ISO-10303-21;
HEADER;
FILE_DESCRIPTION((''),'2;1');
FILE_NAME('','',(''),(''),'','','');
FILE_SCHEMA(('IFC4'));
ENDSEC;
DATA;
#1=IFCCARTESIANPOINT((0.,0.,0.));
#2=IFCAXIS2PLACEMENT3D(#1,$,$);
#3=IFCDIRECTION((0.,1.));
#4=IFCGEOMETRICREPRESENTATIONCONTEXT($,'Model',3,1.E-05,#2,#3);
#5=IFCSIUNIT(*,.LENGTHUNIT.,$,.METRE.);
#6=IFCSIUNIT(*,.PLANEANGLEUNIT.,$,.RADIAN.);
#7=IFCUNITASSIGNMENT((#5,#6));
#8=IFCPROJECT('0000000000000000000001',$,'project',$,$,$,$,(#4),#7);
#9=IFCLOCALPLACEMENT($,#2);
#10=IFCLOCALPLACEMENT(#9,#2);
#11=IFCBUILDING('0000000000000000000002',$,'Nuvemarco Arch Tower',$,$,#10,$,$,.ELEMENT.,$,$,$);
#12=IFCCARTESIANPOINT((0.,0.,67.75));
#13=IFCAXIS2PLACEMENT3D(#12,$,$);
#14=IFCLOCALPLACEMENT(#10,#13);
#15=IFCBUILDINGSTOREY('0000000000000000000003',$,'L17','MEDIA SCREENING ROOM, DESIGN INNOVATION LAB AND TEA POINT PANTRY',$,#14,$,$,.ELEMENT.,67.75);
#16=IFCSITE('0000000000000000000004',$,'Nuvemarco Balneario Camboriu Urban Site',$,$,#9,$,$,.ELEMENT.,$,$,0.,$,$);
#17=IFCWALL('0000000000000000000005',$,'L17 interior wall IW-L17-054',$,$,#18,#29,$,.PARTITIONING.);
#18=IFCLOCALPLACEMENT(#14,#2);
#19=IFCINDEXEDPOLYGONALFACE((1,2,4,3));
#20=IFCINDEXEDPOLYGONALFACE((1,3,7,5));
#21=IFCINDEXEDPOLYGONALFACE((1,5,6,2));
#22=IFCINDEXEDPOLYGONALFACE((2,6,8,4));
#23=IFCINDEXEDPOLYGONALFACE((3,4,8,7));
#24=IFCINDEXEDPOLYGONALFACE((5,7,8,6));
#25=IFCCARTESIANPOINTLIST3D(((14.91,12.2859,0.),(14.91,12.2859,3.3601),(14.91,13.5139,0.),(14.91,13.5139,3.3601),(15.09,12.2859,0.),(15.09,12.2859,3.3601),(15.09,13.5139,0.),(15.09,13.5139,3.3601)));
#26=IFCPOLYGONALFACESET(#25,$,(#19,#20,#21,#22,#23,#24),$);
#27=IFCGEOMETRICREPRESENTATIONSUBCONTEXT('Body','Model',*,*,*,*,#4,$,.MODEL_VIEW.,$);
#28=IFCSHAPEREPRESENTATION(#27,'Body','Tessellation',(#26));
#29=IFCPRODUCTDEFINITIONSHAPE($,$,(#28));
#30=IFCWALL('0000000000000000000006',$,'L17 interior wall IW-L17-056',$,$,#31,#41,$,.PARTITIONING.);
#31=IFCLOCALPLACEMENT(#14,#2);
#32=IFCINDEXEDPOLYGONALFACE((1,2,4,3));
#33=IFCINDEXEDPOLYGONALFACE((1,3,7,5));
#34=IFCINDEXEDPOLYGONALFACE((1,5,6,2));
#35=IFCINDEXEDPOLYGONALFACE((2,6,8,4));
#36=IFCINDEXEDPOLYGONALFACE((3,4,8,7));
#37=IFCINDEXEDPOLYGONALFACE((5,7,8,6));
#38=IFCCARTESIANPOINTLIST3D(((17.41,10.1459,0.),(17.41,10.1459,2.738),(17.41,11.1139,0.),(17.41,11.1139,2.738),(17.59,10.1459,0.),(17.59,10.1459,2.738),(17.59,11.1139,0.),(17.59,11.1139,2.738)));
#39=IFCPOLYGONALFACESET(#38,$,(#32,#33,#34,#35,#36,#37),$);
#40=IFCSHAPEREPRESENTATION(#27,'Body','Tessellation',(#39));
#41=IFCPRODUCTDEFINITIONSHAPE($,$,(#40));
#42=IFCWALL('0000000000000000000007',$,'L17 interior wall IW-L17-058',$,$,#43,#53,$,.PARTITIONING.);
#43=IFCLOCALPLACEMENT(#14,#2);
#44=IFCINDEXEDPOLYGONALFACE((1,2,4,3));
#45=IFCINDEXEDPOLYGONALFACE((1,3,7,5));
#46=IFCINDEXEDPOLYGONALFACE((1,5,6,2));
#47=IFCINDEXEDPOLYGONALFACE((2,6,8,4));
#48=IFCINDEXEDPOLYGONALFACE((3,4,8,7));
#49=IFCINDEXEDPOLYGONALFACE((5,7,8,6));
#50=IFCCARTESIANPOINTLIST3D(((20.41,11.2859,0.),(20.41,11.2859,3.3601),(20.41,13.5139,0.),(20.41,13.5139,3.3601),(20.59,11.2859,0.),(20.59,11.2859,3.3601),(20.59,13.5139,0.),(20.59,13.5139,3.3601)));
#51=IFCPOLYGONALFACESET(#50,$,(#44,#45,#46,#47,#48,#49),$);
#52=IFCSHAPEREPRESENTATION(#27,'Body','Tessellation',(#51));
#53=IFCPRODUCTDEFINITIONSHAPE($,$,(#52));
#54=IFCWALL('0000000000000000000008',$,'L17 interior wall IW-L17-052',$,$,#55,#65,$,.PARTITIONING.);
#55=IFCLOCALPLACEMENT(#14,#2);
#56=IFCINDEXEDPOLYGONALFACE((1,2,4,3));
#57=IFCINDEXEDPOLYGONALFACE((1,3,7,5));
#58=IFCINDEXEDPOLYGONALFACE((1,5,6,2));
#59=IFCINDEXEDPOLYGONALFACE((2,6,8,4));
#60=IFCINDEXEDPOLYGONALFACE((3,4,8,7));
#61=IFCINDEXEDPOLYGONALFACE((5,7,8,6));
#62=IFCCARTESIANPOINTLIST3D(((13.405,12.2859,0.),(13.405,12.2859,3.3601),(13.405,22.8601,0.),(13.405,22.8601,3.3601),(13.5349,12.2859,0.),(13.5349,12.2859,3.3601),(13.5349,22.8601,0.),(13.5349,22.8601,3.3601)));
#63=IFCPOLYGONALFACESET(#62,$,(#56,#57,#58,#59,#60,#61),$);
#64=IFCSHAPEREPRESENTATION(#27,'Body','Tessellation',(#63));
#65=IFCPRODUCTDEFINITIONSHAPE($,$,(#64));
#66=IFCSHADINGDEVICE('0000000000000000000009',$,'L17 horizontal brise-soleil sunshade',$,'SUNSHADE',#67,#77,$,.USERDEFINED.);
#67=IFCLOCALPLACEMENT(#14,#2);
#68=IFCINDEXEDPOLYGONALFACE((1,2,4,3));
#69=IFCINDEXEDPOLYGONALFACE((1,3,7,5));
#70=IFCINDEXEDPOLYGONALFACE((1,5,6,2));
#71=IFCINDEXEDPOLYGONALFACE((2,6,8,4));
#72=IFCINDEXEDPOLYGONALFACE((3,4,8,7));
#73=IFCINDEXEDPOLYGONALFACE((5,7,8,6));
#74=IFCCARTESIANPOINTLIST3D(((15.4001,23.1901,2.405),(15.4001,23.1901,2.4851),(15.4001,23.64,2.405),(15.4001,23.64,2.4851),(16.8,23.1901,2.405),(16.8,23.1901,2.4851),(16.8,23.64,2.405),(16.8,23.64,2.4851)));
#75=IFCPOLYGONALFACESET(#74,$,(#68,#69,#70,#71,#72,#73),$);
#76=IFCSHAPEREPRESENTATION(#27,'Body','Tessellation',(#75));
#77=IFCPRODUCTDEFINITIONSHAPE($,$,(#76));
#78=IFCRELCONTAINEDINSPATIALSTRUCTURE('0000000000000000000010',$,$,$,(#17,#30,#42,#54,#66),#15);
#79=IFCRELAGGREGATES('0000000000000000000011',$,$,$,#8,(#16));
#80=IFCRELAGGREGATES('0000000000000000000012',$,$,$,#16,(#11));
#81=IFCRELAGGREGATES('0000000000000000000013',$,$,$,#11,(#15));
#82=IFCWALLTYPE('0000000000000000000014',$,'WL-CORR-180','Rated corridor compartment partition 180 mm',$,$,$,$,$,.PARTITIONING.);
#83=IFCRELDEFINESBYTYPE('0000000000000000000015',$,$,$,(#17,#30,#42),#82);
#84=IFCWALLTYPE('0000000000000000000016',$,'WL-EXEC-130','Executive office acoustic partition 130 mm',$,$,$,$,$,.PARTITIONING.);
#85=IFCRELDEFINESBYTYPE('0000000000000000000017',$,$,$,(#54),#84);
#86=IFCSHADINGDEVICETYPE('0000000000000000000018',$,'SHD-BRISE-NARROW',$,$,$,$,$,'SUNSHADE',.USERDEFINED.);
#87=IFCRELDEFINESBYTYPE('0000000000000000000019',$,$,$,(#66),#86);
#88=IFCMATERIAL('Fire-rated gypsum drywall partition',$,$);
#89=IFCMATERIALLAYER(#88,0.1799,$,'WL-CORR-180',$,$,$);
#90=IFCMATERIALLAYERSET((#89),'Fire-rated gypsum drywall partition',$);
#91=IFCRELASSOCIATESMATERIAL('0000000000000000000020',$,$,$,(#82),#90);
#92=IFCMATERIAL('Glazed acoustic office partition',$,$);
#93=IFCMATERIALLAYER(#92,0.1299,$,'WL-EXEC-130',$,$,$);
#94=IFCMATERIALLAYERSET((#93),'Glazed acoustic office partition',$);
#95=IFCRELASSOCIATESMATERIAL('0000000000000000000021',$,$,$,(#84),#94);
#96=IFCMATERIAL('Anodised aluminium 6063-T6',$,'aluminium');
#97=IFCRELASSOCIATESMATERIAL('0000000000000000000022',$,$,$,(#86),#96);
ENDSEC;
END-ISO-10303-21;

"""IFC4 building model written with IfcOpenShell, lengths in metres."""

from ifc_helpers import new_model, si_unit, direction, frame, frame_2d, origin, origin_2d, place, context, subcontext, project, spatial, rectangle, extrude, source, transform, mapped, material, layer, layer_set, type_object, type_shapes, element, save


model = new_model("IFC4")

# Units and contexts
model_context = context("Model", 3, precision=1e-05, world=origin(), true_north=direction((0.0, 1.0)))
body_context = subcontext(model_context, "Body", "Model", "MODEL_VIEW")
ifc_project = project(units=[si_unit("LENGTHUNIT", "METRE"), si_unit("PLANEANGLEUNIT", "RADIAN")], contexts=[model_context])

# Site, building, storey
site_placement = place(None, origin())
site = spatial("IfcSite", under=ifc_project, at=site_placement, Name="Nuvemarco Balneario Camboriu Urban Site", CompositionType="ELEMENT", RefElevation=0.0)
building_placement = place(site_placement, origin())
building = spatial("IfcBuilding", under=site, at=building_placement, Name="Nuvemarco Arch Tower", CompositionType="ELEMENT")
storey_placement = place(building_placement, frame((0.0, 0.0, 67.75)))
storey = spatial("IfcBuildingStorey", under=building, at=storey_placement, Name="L17", Description="MEDIA SCREENING ROOM, DESIGN INNOVATION LAB AND TEA POINT PANTRY", CompositionType="ELEMENT", Elevation=67.75)

# Shared definitions
ifc_material_1 = material(Name="Fire-rated gypsum drywall partition")
ifc_layer_1 = layer(ifc_material_1, 0.1799, Name="WL-CORR-180")
ifc_layer_set_1 = layer_set([ifc_layer_1], Name="Fire-rated gypsum drywall partition")
wall_type_1 = type_object("IfcWallType", Name="WL-CORR-180", Description="Rated corridor compartment partition 180 mm", PredefinedType="PARTITIONING", material=ifc_layer_set_1)

# Walls
wall_1_placement = place(storey_placement, frame((15.0, 12.2859, 0.0), z_axis=(0.0, 0.0, 1.0), x_axis=(0.0, 1.0, 0.0)))
element("IfcWall", 1, at=wall_1_placement, inside=storey, type_object=wall_type_1, Name="L17 interior wall IW-L17-054", PredefinedType="PARTITIONING", context=body_context, shape_type="SweptSolid", body=[
    extrude(rectangle(XDim=1.228, YDim=0.1799, at=frame_2d((0.614, 0.0))), origin(), (0.0, 0.0, 1.0), 3.3601),
])
wall_2_placement = place(storey_placement, frame((17.5, 10.146, 0.0), z_axis=(0.0, 0.0, 1.0), x_axis=(0.0, 1.0, 0.0)))
element("IfcWall", 2, at=wall_2_placement, inside=storey, type_object=wall_type_1, Name="L17 interior wall IW-L17-056", PredefinedType="PARTITIONING", context=body_context, shape_type="SweptSolid", body=[
    extrude(rectangle(XDim=0.968, YDim=0.1799, at=frame_2d((0.4839, 0.0))), origin(), (0.0, 0.0, 1.0), 2.738),
])
wall_3_placement = place(storey_placement, frame((20.5, 11.2859, 0.0), z_axis=(0.0, 0.0, 1.0), x_axis=(0.0, 1.0, 0.0)))
element("IfcWall", 3, at=wall_3_placement, inside=storey, type_object=wall_type_1, Name="L17 interior wall IW-L17-058", PredefinedType="PARTITIONING", context=body_context, shape_type="SweptSolid", body=[
    extrude(rectangle(XDim=2.228, YDim=0.1799, at=frame_2d((1.114, 0.0))), origin(), (0.0, 0.0, 1.0), 3.3601),
])
ifc_material_2 = material(Name="Glazed acoustic office partition")
ifc_layer_2 = layer(ifc_material_2, 0.1299, Name="WL-EXEC-130")
ifc_layer_set_2 = layer_set([ifc_layer_2], Name="Glazed acoustic office partition")
wall_type_2 = type_object("IfcWallType", Name="WL-EXEC-130", Description="Executive office acoustic partition 130 mm", PredefinedType="PARTITIONING", material=ifc_layer_set_2)
wall_4_placement = place(storey_placement, frame((13.47, 12.2859, 0.0), z_axis=(0.0, 0.0, 1.0), x_axis=(0.0, 1.0, 0.0)))
element("IfcWall", 4, at=wall_4_placement, inside=storey, type_object=wall_type_2, Name="L17 interior wall IW-L17-052", PredefinedType="PARTITIONING", context=body_context, shape_type="SweptSolid", body=[
    extrude(rectangle(XDim=10.5742, YDim=0.1299, at=frame_2d((5.2871, 0.0))), origin(), (0.0, 0.0, 1.0), 3.3601),
])

# Shading device
ifc_material_3 = material(Name="Anodised aluminium 6063-T6", Category="aluminium")
shading_device_type = type_object("IfcShadingDeviceType", Name="SHD-BRISE-NARROW", ElementType="SUNSHADE", PredefinedType="USERDEFINED", material=ifc_material_3)
shared_shape_1 = source(origin(), body_context, "Body", "SweptSolid", [
    extrude(rectangle(XDim=1.3999, YDim=0.45, at=origin_2d()), origin(), (0.0, 0.0, 1.0), 0.0801),
])
type_shapes(shading_device_type, [shared_shape_1])
shading_device_placement = place(storey_placement, frame((16.1001, 23.415, 2.405), z_axis=(0.0, 0.0, 1.0), x_axis=(1.0, 0.0, 0.0)))
element("IfcShadingDevice", 5, at=shading_device_placement, inside=storey, type_object=shading_device_type, Name="L17 horizontal brise-soleil sunshade", ObjectType="SUNSHADE", PredefinedType="USERDEFINED", context=body_context, shape_type="MappedRepresentation", body=[
    mapped(shared_shape_1, transform((0.0, 0.0, 0.0), scale=1.0)),
])

save(model, "model.ifc")
